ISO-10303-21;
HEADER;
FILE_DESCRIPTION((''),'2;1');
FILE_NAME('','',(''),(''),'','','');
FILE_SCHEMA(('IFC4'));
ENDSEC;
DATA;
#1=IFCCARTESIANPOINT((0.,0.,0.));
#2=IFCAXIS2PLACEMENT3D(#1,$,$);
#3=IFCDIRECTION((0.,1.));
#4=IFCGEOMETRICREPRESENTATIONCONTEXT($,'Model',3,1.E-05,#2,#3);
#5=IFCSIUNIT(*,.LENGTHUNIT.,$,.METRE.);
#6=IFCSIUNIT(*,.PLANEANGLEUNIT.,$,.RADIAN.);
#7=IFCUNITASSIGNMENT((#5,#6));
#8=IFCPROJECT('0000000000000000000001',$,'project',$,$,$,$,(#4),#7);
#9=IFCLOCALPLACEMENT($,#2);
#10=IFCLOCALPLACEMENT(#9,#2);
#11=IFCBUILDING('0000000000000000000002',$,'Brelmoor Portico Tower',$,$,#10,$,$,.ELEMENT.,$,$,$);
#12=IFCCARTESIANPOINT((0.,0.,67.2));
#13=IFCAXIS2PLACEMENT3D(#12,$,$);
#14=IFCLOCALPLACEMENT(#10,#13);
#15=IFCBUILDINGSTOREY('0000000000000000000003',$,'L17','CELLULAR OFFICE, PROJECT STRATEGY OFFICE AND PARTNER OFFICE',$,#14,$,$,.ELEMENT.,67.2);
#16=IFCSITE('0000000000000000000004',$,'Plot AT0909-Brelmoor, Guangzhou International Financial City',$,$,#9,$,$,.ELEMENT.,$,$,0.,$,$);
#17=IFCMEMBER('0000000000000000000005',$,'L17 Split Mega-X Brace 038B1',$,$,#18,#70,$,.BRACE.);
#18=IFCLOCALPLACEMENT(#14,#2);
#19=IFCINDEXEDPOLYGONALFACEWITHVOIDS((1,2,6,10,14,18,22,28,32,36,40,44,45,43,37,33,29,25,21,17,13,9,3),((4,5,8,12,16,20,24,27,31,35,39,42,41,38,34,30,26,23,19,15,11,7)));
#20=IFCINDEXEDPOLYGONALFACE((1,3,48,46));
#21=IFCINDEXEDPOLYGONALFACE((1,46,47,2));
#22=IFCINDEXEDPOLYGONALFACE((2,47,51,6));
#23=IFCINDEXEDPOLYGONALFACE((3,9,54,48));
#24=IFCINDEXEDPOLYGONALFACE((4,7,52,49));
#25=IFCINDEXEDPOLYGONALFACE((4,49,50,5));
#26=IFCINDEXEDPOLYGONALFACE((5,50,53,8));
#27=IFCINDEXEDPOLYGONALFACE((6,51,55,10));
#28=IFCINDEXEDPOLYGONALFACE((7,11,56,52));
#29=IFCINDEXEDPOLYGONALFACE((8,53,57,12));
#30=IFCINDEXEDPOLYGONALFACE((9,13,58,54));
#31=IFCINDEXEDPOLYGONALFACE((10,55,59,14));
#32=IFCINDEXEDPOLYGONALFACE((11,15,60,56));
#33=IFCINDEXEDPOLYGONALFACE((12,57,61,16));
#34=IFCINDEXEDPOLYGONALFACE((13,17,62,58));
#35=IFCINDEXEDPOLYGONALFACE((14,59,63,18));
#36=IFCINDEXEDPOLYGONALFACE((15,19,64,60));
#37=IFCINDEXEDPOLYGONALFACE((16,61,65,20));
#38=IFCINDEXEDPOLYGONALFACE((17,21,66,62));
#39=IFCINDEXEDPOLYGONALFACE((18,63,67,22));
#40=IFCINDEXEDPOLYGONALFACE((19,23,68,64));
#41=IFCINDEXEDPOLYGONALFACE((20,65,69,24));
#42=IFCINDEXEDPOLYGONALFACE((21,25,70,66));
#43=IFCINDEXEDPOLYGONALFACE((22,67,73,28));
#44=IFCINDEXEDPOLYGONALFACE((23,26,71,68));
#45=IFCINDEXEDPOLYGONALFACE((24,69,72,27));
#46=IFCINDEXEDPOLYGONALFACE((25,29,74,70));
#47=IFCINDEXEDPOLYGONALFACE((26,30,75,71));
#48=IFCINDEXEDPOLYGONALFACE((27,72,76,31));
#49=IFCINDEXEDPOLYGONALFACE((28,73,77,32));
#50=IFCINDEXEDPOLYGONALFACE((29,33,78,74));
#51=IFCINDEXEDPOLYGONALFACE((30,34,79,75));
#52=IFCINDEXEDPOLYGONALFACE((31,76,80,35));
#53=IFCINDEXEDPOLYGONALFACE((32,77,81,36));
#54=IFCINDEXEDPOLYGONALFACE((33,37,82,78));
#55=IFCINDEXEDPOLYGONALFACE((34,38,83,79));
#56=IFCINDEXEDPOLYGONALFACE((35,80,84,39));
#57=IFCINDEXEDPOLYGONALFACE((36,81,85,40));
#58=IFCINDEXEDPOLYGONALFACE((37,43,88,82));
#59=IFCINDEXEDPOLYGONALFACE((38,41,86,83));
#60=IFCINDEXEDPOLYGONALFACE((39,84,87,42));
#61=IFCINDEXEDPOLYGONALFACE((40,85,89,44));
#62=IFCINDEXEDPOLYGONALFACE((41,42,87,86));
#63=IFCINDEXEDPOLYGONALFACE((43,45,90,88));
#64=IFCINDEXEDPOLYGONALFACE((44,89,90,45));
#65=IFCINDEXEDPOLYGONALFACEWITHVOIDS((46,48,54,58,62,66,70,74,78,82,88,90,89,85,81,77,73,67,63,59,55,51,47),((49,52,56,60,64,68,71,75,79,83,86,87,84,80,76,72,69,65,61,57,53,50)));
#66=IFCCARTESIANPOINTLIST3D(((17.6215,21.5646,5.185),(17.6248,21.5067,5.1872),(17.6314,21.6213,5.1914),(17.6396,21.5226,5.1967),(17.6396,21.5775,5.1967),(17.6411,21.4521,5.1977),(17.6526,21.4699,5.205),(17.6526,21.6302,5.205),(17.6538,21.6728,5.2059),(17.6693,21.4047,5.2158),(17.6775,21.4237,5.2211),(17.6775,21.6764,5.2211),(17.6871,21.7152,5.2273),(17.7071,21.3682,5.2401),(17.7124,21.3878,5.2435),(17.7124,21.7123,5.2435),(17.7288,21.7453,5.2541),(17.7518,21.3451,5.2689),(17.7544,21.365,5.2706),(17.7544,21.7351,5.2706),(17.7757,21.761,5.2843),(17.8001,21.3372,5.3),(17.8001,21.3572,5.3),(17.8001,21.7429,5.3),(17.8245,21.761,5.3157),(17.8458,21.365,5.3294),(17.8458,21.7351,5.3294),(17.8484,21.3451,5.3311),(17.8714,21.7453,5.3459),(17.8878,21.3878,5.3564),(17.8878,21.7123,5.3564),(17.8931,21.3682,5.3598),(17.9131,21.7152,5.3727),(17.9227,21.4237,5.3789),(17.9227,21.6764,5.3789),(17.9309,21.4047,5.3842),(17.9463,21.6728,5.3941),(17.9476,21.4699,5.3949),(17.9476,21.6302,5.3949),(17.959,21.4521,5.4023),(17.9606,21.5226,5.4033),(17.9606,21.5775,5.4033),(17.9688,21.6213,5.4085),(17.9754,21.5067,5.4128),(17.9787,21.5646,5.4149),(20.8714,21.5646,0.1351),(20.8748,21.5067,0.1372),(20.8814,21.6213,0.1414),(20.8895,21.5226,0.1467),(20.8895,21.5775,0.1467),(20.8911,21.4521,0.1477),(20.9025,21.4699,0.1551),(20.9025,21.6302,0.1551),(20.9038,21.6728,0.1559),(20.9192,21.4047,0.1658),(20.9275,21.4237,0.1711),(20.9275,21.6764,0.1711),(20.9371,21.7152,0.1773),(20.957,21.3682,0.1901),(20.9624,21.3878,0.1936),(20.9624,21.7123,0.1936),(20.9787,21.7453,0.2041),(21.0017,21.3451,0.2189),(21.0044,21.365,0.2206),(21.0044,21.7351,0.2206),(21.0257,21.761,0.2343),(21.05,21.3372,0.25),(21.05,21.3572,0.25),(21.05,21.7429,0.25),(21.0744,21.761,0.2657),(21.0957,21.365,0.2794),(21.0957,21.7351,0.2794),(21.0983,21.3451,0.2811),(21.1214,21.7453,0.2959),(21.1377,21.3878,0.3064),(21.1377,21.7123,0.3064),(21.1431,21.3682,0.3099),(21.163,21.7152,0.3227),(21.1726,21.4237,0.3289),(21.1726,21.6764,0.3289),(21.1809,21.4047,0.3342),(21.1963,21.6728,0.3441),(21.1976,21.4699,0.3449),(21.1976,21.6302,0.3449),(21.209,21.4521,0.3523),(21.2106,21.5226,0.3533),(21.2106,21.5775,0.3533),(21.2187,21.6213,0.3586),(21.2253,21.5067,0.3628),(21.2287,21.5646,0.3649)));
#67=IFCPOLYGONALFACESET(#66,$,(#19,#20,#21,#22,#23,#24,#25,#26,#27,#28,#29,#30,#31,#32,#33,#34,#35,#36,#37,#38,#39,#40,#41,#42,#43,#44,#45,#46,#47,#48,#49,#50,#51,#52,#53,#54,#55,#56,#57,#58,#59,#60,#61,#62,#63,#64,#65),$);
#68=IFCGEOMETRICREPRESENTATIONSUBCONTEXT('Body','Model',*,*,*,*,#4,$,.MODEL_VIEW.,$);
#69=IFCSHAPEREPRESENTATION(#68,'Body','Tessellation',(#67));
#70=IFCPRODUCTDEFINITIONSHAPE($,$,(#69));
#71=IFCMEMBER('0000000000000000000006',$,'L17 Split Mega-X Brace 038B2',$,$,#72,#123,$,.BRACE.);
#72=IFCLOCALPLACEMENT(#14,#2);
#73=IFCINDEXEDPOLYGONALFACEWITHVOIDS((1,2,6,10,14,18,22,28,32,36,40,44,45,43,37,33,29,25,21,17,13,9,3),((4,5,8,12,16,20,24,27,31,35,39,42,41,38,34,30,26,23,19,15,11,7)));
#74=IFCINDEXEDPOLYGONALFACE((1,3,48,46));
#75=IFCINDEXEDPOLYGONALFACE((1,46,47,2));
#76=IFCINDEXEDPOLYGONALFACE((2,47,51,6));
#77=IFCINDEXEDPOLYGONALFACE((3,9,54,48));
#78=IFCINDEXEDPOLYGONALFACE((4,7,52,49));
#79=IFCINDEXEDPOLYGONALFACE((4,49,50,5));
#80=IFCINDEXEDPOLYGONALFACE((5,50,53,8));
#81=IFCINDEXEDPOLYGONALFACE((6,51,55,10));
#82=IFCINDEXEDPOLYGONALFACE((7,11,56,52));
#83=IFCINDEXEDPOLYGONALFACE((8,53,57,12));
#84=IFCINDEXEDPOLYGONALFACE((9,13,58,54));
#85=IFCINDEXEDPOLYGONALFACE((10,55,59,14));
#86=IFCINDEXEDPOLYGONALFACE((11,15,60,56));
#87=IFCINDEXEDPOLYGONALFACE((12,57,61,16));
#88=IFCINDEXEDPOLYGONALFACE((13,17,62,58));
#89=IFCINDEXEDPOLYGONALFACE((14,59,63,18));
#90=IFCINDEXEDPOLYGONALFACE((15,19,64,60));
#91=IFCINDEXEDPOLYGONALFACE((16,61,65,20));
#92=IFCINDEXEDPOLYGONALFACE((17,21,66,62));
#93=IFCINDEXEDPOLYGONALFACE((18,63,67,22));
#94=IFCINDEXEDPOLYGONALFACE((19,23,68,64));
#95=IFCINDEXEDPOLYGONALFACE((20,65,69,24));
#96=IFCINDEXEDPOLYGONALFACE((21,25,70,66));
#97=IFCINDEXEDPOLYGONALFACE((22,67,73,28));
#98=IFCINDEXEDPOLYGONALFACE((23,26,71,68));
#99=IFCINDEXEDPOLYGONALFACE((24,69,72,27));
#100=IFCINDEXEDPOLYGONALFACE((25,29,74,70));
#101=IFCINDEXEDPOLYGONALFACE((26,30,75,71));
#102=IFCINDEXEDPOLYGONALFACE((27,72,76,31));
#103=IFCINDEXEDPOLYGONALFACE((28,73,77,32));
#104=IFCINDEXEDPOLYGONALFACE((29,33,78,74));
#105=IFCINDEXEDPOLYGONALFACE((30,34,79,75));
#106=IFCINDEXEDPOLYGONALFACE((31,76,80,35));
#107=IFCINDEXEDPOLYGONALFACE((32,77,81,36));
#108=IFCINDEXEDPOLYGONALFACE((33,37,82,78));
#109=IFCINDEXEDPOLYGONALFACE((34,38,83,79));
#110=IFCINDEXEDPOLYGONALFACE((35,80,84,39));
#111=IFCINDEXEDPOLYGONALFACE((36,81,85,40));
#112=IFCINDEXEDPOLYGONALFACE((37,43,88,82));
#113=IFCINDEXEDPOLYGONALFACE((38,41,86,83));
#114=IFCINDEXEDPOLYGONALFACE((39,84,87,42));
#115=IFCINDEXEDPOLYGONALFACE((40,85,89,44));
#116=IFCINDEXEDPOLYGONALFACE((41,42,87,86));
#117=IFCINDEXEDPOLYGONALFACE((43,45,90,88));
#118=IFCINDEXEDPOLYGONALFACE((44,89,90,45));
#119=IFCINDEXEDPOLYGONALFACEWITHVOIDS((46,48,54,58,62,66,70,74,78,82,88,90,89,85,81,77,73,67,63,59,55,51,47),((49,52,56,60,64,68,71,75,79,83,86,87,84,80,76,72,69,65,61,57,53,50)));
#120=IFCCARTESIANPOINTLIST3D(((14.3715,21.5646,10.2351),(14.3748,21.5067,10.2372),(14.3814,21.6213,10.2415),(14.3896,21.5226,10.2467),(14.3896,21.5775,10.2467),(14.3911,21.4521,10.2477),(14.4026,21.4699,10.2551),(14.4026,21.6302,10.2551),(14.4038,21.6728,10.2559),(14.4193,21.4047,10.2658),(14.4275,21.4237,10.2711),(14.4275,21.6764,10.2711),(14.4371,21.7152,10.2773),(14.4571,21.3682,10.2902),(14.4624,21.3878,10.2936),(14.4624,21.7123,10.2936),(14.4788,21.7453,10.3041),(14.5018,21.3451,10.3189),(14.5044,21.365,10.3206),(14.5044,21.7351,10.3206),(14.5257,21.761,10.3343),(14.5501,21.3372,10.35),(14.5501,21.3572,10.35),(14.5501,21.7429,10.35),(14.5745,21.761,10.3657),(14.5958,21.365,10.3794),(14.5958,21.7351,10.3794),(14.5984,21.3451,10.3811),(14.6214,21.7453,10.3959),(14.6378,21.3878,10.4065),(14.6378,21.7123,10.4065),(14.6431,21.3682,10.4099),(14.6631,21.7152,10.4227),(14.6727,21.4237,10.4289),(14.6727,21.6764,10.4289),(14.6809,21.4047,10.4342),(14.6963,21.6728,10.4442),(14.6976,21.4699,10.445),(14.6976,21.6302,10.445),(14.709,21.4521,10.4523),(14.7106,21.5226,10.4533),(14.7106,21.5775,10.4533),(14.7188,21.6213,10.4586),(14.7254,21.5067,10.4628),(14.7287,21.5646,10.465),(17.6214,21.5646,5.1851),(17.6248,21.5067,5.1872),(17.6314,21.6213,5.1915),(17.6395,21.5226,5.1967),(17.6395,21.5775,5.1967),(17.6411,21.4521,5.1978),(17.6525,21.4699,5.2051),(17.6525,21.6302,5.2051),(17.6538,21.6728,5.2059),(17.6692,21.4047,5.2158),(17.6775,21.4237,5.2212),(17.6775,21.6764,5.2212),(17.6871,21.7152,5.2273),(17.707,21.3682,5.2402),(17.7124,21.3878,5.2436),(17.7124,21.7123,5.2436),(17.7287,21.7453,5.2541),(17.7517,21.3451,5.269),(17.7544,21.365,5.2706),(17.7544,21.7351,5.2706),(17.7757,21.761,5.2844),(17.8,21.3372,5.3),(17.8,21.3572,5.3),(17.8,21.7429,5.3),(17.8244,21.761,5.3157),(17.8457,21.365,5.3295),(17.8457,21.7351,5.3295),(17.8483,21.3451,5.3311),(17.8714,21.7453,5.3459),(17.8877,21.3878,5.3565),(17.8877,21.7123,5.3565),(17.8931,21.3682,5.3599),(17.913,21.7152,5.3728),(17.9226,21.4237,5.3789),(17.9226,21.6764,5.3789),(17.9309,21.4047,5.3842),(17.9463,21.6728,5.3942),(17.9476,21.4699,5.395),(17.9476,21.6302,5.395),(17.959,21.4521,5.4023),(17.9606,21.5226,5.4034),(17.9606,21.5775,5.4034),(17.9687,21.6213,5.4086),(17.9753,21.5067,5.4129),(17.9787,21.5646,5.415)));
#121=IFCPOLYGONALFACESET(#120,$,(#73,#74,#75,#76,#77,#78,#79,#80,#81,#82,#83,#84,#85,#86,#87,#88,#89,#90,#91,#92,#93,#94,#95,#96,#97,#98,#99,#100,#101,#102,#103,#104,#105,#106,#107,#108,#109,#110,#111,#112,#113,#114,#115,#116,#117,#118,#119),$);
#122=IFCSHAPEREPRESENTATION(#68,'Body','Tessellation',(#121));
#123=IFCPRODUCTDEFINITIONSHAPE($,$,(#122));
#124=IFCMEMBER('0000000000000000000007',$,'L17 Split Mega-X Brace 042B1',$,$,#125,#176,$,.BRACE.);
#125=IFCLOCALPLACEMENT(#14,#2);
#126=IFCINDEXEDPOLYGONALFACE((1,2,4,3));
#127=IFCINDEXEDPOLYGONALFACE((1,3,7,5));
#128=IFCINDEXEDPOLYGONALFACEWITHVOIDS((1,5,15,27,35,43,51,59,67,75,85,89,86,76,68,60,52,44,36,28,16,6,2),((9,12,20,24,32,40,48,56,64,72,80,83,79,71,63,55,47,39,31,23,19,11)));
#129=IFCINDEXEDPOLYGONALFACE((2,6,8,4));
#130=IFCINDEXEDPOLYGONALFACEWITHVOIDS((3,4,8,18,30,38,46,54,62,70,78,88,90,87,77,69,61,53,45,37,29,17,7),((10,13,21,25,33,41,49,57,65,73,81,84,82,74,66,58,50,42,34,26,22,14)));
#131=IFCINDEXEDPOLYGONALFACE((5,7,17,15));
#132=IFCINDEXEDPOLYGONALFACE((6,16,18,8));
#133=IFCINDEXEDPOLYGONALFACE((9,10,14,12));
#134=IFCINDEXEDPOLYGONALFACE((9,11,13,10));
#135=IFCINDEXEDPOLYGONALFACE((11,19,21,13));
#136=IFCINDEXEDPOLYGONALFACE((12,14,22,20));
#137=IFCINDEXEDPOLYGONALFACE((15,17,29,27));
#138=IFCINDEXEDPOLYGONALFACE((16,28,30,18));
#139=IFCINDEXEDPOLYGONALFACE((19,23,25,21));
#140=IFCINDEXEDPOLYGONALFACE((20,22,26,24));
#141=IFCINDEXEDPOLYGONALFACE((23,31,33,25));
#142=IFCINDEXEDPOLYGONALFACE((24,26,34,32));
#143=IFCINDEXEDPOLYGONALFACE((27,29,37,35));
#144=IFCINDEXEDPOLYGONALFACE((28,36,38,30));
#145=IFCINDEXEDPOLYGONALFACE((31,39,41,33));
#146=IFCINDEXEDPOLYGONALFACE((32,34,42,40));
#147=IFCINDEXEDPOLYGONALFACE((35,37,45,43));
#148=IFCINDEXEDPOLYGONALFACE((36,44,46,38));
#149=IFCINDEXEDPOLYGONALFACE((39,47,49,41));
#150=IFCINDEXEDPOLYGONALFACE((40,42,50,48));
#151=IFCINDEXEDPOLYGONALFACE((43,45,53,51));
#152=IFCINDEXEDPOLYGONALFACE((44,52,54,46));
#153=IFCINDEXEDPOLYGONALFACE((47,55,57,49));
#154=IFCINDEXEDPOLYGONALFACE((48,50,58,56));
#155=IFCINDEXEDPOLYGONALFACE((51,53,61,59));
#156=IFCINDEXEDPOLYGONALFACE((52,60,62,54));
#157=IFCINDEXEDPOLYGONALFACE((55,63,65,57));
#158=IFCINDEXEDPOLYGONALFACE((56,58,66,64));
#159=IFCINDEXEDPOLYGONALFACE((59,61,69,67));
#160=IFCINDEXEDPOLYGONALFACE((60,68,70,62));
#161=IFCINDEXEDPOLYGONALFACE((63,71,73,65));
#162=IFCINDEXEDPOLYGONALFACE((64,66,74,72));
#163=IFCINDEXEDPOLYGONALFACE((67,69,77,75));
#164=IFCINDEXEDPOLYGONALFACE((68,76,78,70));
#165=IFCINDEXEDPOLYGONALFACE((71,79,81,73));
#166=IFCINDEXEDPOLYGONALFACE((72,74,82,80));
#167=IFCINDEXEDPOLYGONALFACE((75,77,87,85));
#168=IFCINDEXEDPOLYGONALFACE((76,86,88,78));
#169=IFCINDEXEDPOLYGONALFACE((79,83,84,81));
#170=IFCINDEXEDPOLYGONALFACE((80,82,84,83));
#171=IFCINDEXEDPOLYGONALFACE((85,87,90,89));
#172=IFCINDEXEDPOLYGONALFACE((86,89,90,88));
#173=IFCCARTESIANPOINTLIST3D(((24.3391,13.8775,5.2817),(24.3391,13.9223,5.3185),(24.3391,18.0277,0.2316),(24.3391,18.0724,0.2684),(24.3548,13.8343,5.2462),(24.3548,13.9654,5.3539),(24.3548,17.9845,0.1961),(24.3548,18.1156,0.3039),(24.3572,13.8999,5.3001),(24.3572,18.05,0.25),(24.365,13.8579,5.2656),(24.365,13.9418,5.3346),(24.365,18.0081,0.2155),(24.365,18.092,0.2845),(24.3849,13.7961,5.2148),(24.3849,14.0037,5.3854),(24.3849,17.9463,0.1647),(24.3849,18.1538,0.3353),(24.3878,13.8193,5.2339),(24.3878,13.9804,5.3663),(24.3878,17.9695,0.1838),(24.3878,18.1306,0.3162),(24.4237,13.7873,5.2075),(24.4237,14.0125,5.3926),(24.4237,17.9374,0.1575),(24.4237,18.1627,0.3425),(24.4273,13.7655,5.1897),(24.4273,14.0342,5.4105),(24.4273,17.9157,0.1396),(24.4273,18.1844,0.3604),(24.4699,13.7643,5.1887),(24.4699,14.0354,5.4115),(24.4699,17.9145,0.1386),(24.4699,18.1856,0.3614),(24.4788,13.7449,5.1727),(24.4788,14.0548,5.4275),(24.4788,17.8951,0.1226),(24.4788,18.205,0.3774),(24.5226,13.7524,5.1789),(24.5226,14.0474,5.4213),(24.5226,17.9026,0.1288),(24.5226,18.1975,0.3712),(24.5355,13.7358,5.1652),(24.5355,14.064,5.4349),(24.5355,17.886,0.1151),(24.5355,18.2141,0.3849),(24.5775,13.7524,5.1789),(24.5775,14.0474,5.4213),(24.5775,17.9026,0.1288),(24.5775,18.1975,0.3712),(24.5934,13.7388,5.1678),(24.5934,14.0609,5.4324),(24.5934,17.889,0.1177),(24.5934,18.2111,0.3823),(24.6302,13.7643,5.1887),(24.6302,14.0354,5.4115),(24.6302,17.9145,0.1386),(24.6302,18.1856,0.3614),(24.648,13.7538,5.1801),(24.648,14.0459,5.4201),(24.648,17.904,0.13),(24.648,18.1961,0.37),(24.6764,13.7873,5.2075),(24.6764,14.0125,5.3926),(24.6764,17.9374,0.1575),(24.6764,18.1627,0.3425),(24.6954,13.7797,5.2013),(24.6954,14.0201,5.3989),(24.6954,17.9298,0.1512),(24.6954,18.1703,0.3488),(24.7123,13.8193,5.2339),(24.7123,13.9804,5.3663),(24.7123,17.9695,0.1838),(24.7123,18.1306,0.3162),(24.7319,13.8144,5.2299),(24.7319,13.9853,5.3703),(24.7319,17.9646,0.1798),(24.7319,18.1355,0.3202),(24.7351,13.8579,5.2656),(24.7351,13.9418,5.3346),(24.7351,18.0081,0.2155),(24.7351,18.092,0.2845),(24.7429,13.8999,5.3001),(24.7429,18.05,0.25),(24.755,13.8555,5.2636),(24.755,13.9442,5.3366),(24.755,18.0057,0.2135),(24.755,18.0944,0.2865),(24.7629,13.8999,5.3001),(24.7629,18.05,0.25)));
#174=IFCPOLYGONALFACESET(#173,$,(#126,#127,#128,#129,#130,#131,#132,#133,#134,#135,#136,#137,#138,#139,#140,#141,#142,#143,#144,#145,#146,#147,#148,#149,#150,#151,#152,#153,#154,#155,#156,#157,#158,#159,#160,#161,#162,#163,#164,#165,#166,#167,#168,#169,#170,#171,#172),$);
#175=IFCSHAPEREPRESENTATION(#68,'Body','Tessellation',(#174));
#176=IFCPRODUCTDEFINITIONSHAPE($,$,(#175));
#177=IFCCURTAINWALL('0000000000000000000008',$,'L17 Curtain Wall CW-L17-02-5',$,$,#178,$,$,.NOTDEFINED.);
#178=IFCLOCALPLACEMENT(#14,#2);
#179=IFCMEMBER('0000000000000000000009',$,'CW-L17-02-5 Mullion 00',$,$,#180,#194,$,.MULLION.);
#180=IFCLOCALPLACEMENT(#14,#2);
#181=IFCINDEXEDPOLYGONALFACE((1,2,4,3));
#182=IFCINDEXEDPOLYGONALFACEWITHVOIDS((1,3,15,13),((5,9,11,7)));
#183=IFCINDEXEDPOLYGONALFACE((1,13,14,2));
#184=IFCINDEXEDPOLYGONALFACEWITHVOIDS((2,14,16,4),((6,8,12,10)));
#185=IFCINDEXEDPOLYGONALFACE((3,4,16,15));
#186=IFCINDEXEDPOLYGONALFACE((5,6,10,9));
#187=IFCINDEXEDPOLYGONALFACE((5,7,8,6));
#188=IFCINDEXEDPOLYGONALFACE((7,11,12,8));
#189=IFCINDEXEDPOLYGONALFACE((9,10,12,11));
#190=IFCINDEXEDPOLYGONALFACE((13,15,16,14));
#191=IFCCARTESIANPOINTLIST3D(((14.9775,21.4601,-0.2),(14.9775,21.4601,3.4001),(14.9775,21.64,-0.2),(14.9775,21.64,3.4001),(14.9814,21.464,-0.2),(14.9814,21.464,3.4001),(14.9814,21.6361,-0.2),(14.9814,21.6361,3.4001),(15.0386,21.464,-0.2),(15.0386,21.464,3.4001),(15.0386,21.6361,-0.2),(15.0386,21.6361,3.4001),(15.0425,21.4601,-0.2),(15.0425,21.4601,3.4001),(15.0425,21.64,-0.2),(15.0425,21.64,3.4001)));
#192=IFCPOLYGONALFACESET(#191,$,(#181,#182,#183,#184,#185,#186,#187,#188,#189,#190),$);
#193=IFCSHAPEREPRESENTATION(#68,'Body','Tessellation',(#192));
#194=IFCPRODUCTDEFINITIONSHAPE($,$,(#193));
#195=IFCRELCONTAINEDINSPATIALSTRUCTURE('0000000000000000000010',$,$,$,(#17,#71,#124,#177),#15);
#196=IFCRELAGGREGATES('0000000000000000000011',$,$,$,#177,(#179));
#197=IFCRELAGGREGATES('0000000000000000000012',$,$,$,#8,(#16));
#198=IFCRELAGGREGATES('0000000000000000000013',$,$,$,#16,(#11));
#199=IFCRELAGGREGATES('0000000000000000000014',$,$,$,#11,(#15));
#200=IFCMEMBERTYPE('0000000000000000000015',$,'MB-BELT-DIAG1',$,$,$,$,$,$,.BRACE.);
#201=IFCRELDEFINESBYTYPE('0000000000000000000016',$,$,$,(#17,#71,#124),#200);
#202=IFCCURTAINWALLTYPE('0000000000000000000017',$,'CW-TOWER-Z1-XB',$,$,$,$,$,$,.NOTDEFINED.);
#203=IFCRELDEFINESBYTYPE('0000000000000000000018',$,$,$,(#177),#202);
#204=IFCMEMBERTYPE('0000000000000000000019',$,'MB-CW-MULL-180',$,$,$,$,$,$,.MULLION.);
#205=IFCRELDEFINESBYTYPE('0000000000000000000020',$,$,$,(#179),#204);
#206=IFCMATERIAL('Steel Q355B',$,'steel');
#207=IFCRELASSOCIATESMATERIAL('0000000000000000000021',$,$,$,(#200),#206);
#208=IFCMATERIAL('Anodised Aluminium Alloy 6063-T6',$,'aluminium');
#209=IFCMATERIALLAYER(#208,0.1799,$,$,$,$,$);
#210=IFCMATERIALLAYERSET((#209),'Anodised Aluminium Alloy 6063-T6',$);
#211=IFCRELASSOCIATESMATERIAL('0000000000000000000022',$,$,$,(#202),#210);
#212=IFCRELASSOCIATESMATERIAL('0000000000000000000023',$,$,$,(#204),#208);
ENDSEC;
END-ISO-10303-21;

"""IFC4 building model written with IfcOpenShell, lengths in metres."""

from ifc_helpers import new_model, si_unit, direction, frame, origin, origin_2d, place, context, subcontext, project, spatial, hollow_rectangle, hollow_circle, extrude, material, layer, layer_set, material_profile, profile_set, type_object, element, aggregate, save


model = new_model("IFC4")

# Units and contexts
model_context = context("Model", 3, precision=1e-05, world=origin(), true_north=direction((0.0, 1.0)))
body_context = subcontext(model_context, "Body", "Model", "MODEL_VIEW")
ifc_project = project(units=[si_unit("LENGTHUNIT", "METRE"), si_unit("PLANEANGLEUNIT", "RADIAN")], contexts=[model_context])

# Site, building, storey
site_placement = place(None, origin())
site = spatial("IfcSite", under=ifc_project, at=site_placement, Name="Plot AT0909-Brelmoor, Guangzhou International Financial City", CompositionType="ELEMENT", RefElevation=0.0)
building_placement = place(site_placement, origin())
building = spatial("IfcBuilding", under=site, at=building_placement, Name="Brelmoor Portico Tower", CompositionType="ELEMENT")
storey_placement = place(building_placement, frame((0.0, 0.0, 67.2)))
storey = spatial("IfcBuildingStorey", under=building, at=storey_placement, Name="L17", Description="CELLULAR OFFICE, PROJECT STRATEGY OFFICE AND PARTNER OFFICE", CompositionType="ELEMENT", Elevation=67.2)

# Shared definitions
ifc_material_1 = material(Name="Steel Q355B", Category="steel")

# Members
ifc_material_profile_1 = material_profile(ifc_material_1, hollow_circle(Radius=0.2129, WallThickness=0.02, at=origin_2d()), Name="CHS 426x20")
ifc_profile_set_1 = profile_set([ifc_material_profile_1], Name="Steel Q355B")
member_type_1 = type_object("IfcMemberType", Name="MB-BELT-DIAG1", PredefinedType="BRACE", material=ifc_profile_set_1)
for number, where, z_axis, x_axis, name in (
    (1, (21.05, 21.55, 0.25), (-0.541175, 0.0, 0.84091), (0.0, -1.0, 0.0), "L17 Split Mega-X Brace 038B1"),
    (2, (17.8, 21.55, 5.3), (-0.541175, 0.0, 0.84091), (0.0, -1.0, 0.0), "L17 Split Mega-X Brace 038B2"),
):
    element("IfcMember", number, at=place(storey_placement, frame(where, z_axis=z_axis, x_axis=x_axis)), inside=storey, type_object=member_type_1, Name=name, PredefinedType="BRACE", context=body_context, shape_type="SweptSolid", body=[
        extrude(hollow_circle(Radius=0.2129, WallThickness=0.02, at=origin_2d()), origin(), (0.0, 0.0, 1.0), 6.0054),
    ])
member_1_placement = place(storey_placement, frame((24.55, 18.05, 0.25), z_axis=(0.0, -0.634912, 0.772584), x_axis=(1.0, 0.0, 0.0)))
element("IfcMember", 3, at=member_1_placement, inside=storey, type_object=member_type_1, Name="L17 Split Mega-X Brace 042B1", PredefinedType="BRACE", context=body_context, shape_type="SweptSolid", body=[
    extrude(hollow_circle(Radius=0.2129, WallThickness=0.02, at=origin_2d()), origin(), (0.0, 0.0, 1.0), 6.5366),
])

# Curtain wall, member
ifc_material_2 = material(Name="Anodised Aluminium Alloy 6063-T6", Category="aluminium")
ifc_layer_1 = layer(ifc_material_2, 0.1799)
ifc_layer_set_1 = layer_set([ifc_layer_1], Name="Anodised Aluminium Alloy 6063-T6")
curtain_wall_type = type_object("IfcCurtainWallType", Name="CW-TOWER-Z1-XB", PredefinedType="NOTDEFINED", material=ifc_layer_set_1)
curtain_wall_1_placement = place(storey_placement, origin())
curtain_wall_1 = element("IfcCurtainWall", 4, at=curtain_wall_1_placement, inside=storey, type_object=curtain_wall_type, Name="L17 Curtain Wall CW-L17-02-5", PredefinedType="NOTDEFINED")
ifc_material_profile_2 = material_profile(ifc_material_2, hollow_rectangle(XDim=0.0649, YDim=0.1799, WallThickness=0.0039, at=origin_2d()), Name="ALU MULLION 65x180")
ifc_profile_set_2 = profile_set([ifc_material_profile_2], Name="Anodised Aluminium Alloy 6063-T6")
member_type_2 = type_object("IfcMemberType", Name="MB-CW-MULL-180", PredefinedType="MULLION", material=ifc_profile_set_2)
member_2_placement = place(storey_placement, frame((15.01, 21.55, -0.2), z_axis=(0.0, 0.0, 1.0), x_axis=(1.0, 0.0, 0.0)))
member_2 = element("IfcMember", 5, at=member_2_placement, type_object=member_type_2, Name="CW-L17-02-5 Mullion 00", PredefinedType="MULLION", context=body_context, shape_type="SweptSolid", body=[
    extrude(hollow_rectangle(XDim=0.0649, YDim=0.1799, WallThickness=0.0039, at=origin_2d()), origin(), (0.0, 0.0, 1.0), 3.6001),
])

aggregate(curtain_wall_1, [member_2])

save(model, "model.ifc")
